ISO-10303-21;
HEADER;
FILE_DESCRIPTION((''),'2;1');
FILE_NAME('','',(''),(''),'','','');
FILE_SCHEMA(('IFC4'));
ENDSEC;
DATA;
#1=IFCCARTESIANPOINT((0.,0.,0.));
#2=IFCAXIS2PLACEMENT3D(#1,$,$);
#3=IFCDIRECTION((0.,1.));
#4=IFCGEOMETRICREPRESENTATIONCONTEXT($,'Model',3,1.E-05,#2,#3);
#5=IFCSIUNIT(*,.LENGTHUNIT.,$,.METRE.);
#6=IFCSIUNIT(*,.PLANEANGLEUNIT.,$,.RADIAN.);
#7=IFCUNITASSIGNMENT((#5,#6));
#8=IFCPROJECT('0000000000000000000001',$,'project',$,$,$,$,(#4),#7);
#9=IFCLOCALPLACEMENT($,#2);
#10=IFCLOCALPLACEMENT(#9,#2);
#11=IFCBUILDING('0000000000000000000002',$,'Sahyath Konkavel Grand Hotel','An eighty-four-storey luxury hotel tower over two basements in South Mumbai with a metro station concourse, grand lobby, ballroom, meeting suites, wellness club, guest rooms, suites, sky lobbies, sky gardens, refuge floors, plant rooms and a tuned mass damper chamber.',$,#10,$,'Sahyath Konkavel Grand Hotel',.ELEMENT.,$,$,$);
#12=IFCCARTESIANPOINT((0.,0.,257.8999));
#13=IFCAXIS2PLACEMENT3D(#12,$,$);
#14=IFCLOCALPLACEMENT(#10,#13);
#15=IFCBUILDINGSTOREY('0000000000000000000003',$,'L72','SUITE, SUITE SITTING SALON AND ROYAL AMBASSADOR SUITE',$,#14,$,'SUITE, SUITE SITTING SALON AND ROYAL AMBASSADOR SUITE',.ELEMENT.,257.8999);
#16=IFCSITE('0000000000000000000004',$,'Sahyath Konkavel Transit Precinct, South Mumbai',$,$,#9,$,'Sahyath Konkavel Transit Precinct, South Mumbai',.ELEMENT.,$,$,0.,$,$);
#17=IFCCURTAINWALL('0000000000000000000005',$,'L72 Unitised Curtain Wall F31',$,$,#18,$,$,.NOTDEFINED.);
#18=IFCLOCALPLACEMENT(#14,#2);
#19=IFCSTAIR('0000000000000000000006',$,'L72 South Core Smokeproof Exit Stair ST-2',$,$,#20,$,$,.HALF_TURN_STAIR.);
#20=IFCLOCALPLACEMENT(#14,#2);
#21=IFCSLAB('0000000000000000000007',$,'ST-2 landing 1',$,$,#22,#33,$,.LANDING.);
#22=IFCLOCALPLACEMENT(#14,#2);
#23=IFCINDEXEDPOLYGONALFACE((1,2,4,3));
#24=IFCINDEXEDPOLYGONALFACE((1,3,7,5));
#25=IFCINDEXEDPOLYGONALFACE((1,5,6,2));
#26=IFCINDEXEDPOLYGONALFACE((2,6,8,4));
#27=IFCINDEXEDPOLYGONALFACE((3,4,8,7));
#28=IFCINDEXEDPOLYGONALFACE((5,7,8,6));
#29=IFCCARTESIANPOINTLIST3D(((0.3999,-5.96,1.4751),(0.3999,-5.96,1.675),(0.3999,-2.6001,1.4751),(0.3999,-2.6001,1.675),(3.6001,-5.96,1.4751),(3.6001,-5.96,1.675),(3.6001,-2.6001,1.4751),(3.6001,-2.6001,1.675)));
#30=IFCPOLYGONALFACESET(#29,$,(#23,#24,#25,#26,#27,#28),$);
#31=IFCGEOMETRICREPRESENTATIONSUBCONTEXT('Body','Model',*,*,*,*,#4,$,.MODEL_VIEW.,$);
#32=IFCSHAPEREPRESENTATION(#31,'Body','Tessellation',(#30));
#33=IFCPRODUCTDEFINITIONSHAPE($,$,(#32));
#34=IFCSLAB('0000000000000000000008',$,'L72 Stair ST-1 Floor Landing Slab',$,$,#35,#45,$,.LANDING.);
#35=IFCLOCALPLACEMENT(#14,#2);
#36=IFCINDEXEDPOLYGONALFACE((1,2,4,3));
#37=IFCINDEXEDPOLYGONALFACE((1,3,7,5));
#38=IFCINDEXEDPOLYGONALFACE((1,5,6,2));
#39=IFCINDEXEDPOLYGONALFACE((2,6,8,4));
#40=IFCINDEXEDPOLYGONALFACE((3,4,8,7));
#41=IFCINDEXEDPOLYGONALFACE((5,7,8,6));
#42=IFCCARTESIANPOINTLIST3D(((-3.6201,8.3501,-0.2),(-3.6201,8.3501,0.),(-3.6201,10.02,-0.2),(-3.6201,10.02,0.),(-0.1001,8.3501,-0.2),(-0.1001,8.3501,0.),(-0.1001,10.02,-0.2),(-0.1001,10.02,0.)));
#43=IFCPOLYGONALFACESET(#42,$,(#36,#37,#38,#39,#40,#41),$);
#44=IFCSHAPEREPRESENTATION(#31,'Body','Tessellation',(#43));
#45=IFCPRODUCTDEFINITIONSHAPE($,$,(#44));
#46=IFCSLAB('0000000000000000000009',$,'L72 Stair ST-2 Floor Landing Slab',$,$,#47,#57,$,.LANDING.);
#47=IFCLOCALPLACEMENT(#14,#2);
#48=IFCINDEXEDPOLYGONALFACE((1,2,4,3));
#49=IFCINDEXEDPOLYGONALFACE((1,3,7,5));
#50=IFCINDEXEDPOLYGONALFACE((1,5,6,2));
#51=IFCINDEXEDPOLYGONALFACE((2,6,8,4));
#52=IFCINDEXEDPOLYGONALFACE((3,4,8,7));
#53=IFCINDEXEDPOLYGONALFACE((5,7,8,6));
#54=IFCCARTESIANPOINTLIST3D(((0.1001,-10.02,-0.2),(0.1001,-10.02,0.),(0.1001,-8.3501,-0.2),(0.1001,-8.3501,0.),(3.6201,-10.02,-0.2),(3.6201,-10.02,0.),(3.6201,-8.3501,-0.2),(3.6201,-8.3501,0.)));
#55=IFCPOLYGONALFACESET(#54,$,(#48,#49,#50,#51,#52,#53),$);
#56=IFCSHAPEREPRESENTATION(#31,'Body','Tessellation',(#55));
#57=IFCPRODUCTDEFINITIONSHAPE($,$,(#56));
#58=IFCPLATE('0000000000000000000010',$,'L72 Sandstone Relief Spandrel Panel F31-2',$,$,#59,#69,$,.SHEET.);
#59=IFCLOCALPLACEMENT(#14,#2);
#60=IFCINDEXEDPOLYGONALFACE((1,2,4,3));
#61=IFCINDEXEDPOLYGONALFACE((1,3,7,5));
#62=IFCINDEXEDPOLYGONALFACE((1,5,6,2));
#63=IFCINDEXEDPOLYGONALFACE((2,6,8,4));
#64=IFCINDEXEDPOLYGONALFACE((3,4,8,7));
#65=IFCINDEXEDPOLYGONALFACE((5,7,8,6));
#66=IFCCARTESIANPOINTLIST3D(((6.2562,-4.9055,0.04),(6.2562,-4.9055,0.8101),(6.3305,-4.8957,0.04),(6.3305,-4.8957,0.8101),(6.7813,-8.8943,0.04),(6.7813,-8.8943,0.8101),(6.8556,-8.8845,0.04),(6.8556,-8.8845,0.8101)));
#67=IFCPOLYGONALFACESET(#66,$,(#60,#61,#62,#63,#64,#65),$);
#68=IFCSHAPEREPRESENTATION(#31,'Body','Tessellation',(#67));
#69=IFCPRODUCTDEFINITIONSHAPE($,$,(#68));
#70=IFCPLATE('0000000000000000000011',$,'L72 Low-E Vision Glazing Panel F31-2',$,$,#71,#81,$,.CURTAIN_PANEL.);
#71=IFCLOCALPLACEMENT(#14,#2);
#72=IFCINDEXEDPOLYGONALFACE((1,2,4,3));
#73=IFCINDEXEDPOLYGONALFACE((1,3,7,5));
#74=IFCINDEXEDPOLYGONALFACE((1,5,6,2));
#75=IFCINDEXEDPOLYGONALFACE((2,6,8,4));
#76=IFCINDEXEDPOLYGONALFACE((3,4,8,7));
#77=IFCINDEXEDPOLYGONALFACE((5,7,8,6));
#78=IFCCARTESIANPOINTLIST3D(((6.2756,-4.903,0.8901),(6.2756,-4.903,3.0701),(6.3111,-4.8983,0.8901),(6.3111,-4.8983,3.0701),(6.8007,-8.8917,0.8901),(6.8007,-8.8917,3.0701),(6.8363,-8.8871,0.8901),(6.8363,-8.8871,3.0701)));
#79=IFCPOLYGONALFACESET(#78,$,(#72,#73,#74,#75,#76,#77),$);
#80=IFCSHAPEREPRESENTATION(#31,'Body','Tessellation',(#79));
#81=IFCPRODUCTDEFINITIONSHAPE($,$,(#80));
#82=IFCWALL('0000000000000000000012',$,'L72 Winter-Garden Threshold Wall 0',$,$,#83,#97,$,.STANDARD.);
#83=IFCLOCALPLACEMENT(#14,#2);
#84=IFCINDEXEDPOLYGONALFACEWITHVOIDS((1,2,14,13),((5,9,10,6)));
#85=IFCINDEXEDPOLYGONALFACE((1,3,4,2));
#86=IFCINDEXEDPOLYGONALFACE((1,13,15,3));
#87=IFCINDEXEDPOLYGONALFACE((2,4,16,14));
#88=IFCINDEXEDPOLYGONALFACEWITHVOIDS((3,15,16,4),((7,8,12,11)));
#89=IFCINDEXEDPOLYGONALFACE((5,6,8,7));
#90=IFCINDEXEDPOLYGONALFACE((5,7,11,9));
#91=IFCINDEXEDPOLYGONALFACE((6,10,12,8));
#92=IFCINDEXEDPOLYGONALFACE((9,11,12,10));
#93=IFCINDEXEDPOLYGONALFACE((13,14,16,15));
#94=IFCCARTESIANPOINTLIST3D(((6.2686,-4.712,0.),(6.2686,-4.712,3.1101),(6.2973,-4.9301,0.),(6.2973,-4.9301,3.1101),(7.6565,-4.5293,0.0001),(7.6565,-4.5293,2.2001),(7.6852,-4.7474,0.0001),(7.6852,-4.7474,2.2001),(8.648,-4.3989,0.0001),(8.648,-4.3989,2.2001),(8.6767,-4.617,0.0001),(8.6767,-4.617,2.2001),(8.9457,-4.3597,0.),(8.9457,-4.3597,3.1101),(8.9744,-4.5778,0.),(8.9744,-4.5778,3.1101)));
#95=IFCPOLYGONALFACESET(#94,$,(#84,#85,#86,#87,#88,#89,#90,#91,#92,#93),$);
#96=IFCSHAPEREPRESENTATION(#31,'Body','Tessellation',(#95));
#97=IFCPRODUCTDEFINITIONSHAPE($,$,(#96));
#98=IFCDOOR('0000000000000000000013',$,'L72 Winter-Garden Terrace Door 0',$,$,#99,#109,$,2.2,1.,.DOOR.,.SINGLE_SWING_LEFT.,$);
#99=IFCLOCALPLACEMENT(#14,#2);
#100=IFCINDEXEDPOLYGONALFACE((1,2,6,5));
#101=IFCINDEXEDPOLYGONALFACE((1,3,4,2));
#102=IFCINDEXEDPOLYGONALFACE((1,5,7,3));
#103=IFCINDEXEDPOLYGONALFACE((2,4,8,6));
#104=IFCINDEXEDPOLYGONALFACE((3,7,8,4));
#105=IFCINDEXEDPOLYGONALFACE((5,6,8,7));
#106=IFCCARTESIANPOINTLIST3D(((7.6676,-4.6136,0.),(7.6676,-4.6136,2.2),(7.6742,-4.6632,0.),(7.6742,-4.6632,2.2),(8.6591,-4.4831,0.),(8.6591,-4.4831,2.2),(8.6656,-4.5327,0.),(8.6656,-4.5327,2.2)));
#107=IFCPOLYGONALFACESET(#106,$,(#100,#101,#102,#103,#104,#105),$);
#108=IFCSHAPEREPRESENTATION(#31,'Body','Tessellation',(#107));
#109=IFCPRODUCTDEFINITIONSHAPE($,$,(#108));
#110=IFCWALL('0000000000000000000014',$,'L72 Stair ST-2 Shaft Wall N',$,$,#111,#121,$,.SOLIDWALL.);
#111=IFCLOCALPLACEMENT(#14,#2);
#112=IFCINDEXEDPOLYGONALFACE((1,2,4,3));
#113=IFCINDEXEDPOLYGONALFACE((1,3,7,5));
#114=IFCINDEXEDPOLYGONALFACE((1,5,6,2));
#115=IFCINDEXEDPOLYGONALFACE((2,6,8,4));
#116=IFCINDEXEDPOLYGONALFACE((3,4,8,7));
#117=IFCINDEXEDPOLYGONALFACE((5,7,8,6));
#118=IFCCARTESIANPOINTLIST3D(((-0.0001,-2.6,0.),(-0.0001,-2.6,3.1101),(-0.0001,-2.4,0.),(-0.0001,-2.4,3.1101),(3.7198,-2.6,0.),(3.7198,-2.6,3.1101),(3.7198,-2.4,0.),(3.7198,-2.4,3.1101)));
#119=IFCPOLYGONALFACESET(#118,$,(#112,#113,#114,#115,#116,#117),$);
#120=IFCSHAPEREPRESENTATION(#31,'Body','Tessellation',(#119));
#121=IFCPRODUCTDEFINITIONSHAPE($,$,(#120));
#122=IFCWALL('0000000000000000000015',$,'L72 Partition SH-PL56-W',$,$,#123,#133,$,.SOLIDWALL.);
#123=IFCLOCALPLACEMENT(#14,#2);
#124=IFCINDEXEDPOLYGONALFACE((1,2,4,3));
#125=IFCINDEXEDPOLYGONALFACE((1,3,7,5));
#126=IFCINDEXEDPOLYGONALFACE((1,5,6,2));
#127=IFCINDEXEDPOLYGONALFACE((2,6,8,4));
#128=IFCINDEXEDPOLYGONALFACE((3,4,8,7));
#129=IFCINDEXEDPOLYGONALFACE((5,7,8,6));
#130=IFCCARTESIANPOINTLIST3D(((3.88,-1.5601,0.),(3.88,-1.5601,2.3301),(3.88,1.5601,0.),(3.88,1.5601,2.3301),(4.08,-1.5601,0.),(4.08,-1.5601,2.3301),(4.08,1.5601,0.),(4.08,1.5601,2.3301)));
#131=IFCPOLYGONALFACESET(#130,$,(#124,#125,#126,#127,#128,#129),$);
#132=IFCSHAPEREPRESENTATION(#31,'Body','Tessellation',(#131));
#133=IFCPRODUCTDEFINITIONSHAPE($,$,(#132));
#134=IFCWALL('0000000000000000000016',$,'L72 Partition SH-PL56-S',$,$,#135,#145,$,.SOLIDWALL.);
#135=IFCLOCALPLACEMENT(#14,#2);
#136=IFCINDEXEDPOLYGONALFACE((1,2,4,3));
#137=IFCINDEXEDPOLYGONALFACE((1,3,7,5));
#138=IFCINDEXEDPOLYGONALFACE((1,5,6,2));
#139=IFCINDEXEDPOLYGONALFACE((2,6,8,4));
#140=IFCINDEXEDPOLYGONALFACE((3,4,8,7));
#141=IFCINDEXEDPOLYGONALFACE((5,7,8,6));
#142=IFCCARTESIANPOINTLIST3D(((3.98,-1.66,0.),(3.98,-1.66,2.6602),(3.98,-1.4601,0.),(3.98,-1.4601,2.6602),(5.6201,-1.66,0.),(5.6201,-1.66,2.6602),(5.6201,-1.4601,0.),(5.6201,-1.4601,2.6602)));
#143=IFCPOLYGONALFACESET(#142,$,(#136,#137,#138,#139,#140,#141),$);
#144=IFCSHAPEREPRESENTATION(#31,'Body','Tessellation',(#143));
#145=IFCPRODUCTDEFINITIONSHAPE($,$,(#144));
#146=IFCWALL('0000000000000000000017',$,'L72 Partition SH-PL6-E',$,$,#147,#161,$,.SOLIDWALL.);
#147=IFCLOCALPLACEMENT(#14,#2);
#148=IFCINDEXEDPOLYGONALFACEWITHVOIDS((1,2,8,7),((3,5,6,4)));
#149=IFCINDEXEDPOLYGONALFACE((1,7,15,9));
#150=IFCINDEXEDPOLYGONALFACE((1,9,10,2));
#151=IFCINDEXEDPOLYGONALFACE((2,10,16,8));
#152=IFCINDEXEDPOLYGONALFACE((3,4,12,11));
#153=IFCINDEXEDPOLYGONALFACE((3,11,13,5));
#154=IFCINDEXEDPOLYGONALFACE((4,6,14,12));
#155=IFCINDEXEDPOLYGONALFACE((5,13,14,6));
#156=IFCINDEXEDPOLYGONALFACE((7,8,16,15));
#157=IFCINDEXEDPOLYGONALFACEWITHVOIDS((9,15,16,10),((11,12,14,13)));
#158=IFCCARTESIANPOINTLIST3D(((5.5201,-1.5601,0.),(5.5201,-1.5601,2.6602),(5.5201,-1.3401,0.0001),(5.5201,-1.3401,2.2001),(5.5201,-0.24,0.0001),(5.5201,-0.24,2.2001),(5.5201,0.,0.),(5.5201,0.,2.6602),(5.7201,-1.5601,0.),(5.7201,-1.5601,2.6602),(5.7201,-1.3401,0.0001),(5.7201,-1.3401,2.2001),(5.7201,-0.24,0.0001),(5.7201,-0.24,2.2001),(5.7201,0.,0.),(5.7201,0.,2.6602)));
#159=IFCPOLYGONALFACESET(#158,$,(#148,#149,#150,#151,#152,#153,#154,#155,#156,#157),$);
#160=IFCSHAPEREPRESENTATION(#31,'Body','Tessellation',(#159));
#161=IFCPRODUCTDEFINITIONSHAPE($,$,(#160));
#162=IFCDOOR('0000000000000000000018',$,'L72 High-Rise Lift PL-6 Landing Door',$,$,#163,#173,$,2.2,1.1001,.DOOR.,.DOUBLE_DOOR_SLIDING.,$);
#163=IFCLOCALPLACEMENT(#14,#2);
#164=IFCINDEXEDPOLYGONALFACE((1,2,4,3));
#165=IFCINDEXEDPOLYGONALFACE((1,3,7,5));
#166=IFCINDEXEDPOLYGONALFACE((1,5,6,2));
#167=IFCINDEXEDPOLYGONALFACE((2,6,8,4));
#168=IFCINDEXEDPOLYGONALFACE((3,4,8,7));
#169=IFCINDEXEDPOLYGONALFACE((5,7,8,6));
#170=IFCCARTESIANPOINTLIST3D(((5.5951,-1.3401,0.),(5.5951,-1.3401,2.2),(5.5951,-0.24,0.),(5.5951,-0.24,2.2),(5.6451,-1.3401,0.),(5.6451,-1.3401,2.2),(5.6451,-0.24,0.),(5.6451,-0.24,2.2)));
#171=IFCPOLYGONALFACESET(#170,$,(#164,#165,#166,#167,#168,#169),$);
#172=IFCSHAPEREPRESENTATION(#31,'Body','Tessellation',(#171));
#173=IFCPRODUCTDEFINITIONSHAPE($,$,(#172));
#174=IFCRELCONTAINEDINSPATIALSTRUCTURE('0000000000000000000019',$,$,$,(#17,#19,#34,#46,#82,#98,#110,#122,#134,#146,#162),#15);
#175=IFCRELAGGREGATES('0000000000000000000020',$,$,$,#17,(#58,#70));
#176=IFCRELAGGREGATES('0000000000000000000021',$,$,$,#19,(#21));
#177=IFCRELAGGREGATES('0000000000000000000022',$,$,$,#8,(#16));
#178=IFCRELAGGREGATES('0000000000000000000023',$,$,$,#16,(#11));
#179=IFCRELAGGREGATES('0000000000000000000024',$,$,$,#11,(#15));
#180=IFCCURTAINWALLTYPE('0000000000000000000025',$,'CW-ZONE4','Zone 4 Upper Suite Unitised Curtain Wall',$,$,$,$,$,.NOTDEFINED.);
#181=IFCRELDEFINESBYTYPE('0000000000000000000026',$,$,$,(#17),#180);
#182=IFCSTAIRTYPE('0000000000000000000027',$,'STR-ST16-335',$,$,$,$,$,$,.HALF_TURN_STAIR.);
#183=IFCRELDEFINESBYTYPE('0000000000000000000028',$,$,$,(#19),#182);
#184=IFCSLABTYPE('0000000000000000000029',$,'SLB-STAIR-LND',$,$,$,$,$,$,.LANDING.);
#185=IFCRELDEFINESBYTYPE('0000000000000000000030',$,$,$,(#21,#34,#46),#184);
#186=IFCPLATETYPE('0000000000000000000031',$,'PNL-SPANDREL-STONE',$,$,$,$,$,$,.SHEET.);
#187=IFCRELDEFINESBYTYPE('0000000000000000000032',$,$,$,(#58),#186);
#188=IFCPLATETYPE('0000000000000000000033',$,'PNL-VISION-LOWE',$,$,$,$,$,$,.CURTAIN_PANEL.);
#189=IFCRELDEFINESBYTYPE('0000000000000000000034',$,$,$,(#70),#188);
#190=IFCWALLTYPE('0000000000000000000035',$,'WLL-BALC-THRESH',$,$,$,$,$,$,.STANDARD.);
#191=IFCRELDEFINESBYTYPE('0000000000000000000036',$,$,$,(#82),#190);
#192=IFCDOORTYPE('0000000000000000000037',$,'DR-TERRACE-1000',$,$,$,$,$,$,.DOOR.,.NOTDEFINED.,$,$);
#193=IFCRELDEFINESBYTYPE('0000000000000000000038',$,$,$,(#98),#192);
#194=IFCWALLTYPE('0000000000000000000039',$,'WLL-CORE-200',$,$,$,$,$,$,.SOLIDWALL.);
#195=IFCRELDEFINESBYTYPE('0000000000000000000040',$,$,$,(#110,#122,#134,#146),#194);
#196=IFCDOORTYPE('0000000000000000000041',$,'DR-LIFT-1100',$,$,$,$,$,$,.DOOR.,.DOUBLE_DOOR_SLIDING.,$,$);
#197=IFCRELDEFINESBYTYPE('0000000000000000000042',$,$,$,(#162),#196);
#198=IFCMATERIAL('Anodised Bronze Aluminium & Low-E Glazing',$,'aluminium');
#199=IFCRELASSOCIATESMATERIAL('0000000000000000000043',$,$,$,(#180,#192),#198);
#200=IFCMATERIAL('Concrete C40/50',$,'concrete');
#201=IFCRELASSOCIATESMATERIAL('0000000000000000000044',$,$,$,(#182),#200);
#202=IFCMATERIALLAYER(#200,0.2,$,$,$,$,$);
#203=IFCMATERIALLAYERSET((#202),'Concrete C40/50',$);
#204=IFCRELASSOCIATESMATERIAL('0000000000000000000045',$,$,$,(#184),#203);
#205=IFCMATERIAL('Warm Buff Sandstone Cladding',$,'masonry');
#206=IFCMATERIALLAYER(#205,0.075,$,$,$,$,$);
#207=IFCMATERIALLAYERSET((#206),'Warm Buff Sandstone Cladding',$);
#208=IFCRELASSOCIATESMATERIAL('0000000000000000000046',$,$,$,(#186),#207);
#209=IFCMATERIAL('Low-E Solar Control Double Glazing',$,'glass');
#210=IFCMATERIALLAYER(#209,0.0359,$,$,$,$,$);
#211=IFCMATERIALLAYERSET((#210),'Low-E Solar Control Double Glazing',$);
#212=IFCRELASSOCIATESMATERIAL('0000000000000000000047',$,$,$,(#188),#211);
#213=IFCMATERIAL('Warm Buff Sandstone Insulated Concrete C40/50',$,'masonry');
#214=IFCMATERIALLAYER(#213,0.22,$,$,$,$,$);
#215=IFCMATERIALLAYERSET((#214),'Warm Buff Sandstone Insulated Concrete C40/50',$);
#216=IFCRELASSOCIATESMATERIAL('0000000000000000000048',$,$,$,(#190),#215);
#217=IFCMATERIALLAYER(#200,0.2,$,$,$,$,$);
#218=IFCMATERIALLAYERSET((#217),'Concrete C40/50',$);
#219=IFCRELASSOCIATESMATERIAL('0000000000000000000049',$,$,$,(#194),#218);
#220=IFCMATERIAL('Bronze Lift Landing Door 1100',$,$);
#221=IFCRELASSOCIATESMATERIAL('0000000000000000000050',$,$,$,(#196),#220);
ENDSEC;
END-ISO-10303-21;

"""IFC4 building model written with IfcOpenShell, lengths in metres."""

from ifc_helpers import new_model, si_unit, direction, frame, frame_2d, origin, origin_2d, place, context, subcontext, project, spatial, polyline, rectangle, outline, extrude, source, transform, mapped, material, layer, layer_set, type_object, element, fill, aggregate, save


model = new_model("IFC4")

# Units and contexts
model_context = context("Model", 3, precision=1e-05, world=origin(), true_north=direction((0.0, 1.0)))
body_context = subcontext(model_context, "Body", "Model", "MODEL_VIEW")
ifc_project = project(units=[si_unit("LENGTHUNIT", "METRE"), si_unit("PLANEANGLEUNIT", "RADIAN")], contexts=[model_context])

# Site, building, storey
site_placement = place(None, origin())
site = spatial("IfcSite", under=ifc_project, at=site_placement, Name="Sahyath Konkavel Transit Precinct, South Mumbai", LongName="Sahyath Konkavel Transit Precinct, South Mumbai", CompositionType="ELEMENT", RefElevation=0.0)
building_placement = place(site_placement, origin())
building = spatial("IfcBuilding", under=site, at=building_placement, Name="Sahyath Konkavel Grand Hotel", Description="An eighty-four-storey luxury hotel tower over two basements in South Mumbai with a metro station concourse, grand lobby, ballroom, meeting suites, wellness club, guest rooms, suites, sky lobbies, sky gardens, refuge floors, plant rooms and a tuned mass damper chamber.", LongName="Sahyath Konkavel Grand Hotel", CompositionType="ELEMENT")
storey_placement = place(building_placement, frame((0.0, 0.0, 257.8999)))
storey = spatial("IfcBuildingStorey", under=building, at=storey_placement, Name="L72", Description="SUITE, SUITE SITTING SALON AND ROYAL AMBASSADOR SUITE", LongName="SUITE, SUITE SITTING SALON AND ROYAL AMBASSADOR SUITE", CompositionType="ELEMENT", Elevation=257.8999)

# Shared definitions
ifc_material_1 = material(Name="Concrete C40/50", Category="concrete")

# Curtain wall
ifc_material_2 = material(Name="Anodised Bronze Aluminium & Low-E Glazing", Category="aluminium")
curtain_wall_type = type_object("IfcCurtainWallType", Name="CW-ZONE4", Description="Zone 4 Upper Suite Unitised Curtain Wall", PredefinedType="NOTDEFINED", material=ifc_material_2)
curtain_wall_placement = place(storey_placement, origin())
curtain_wall = element("IfcCurtainWall", 1, at=curtain_wall_placement, inside=storey, type_object=curtain_wall_type, Name="L72 Unitised Curtain Wall F31", PredefinedType="NOTDEFINED")

# Stair, slab
stair_type = type_object("IfcStairType", Name="STR-ST16-335", PredefinedType="HALF_TURN_STAIR", material=ifc_material_1)
ifc_layer_1 = layer(ifc_material_1, 0.2)
ifc_layer_set_1 = layer_set([ifc_layer_1], Name="Concrete C40/50")
slab_type_1 = type_object("IfcSlabType", Name="SLB-STAIR-LND", PredefinedType="LANDING", material=ifc_layer_set_1)
stair_1_placement = place(storey_placement, origin())
stair_1 = element("IfcStair", 2, at=stair_1_placement, inside=storey, type_object=stair_type, Name="L72 South Core Smokeproof Exit Stair ST-2", PredefinedType="HALF_TURN_STAIR")
slab_1_placement = place(storey_placement, frame((0.0, 0.0, 1.4751)))
slab_1 = element("IfcSlab", 3, at=slab_1_placement, type_object=slab_type_1, Name="ST-2 landing 1", PredefinedType="LANDING", context=body_context, shape_type="SweptSolid", body=[
    extrude(outline(polyline([(3.6001, -5.96), (3.6001, -2.6001), (0.3999, -2.6001), (0.3999, -5.96), (3.6001, -5.96)])), origin(), (0.0, 0.0, 1.0), 0.2),
])

# Slabs
slab_2_placement = place(storey_placement, frame((0.0, 0.0, -0.2)))
element("IfcSlab", 4, at=slab_2_placement, inside=storey, type_object=slab_type_1, Name="L72 Stair ST-1 Floor Landing Slab", PredefinedType="LANDING", context=body_context, shape_type="SweptSolid", body=[
    extrude(outline(polyline([(-3.6201, 8.3501), (-0.1001, 8.3501), (-0.1001, 10.02), (-3.6201, 10.02), (-3.6201, 8.3501)])), origin(), (0.0, 0.0, 1.0), 0.2),
])
slab_3_placement = place(storey_placement, frame((0.0, 0.0, -0.2)))
element("IfcSlab", 5, at=slab_3_placement, inside=storey, type_object=slab_type_1, Name="L72 Stair ST-2 Floor Landing Slab", PredefinedType="LANDING", context=body_context, shape_type="SweptSolid", body=[
    extrude(outline(polyline([(0.1001, -10.02), (3.6201, -10.02), (3.6201, -8.3501), (0.1001, -8.3501), (0.1001, -10.02)])), origin(), (0.0, 0.0, 1.0), 0.2),
])

# Plates
ifc_material_3 = material(Name="Warm Buff Sandstone Cladding", Category="masonry")
ifc_layer_2 = layer(ifc_material_3, 0.075)
ifc_layer_set_2 = layer_set([ifc_layer_2], Name="Warm Buff Sandstone Cladding")
plate_type_1 = type_object("IfcPlateType", Name="PNL-SPANDREL-STONE", PredefinedType="SHEET", material=ifc_layer_set_2)
shared_shape_1 = source(origin(), body_context, "Body", "SweptSolid", [
    extrude(rectangle(XDim=4.0232, YDim=0.075, at=origin_2d()), origin(), (0.0, 0.0, 1.0), 0.77),
])
plate_1_placement = place(storey_placement, frame((6.5559, -6.895, 0.04), z_axis=(0.0, 0.0, 1.0), x_axis=(-0.130526, 0.991445, 0.0)))
plate_1 = element("IfcPlate", 6, at=plate_1_placement, type_object=plate_type_1, Name="L72 Sandstone Relief Spandrel Panel F31-2", PredefinedType="SHEET", context=body_context, shape_type="MappedRepresentation", body=[
    mapped(shared_shape_1, transform((0.0, 0.0, 0.0), scale=1.0)),
])
ifc_material_4 = material(Name="Low-E Solar Control Double Glazing", Category="glass")
ifc_layer_3 = layer(ifc_material_4, 0.0359)
ifc_layer_set_3 = layer_set([ifc_layer_3], Name="Low-E Solar Control Double Glazing")
plate_type_2 = type_object("IfcPlateType", Name="PNL-VISION-LOWE", PredefinedType="CURTAIN_PANEL", material=ifc_layer_set_3)
shared_shape_2 = source(origin(), body_context, "Body", "SweptSolid", [
    extrude(rectangle(XDim=4.0232, YDim=0.0359, at=origin_2d()), origin(), (0.0, 0.0, 1.0), 2.1799),
])
plate_2_placement = place(storey_placement, frame((6.5559, -6.895, 0.8901), z_axis=(0.0, 0.0, 1.0), x_axis=(-0.130526, 0.991445, 0.0)))
plate_2 = element("IfcPlate", 7, at=plate_2_placement, type_object=plate_type_2, Name="L72 Low-E Vision Glazing Panel F31-2", PredefinedType="CURTAIN_PANEL", context=body_context, shape_type="MappedRepresentation", body=[
    mapped(shared_shape_2, transform((0.0, 0.0, 0.0), scale=1.0)),
])
aggregate(curtain_wall, [plate_1, plate_2])

# Wall, opening, door
ifc_material_5 = material(Name="Warm Buff Sandstone Insulated Concrete C40/50", Category="masonry")
ifc_layer_4 = layer(ifc_material_5, 0.22)
ifc_layer_set_4 = layer_set([ifc_layer_4], Name="Warm Buff Sandstone Insulated Concrete C40/50")
wall_type_1 = type_object("IfcWallType", Name="WLL-BALC-THRESH", PredefinedType="STANDARD", material=ifc_layer_set_4)
wall_1_placement = place(storey_placement, frame((6.283, -4.821, 0.0), z_axis=(0.0, 0.0, 1.0), x_axis=(0.991452, 0.130476, 0.0)))
wall_1 = element("IfcWall", 8, at=wall_1_placement, inside=storey, type_object=wall_type_1, Name="L72 Winter-Garden Threshold Wall 0", PredefinedType="STANDARD", context=body_context, shape_type="SweptSolid", body=[
    extrude(rectangle(XDim=2.7002, YDim=0.22, at=frame_2d((1.3501, 0.0))), origin(), (0.0, 0.0, 1.0), 3.1101),
])
opening_1_placement = place(wall_1_placement, frame((1.3999, 0.0, 0.0)))
opening_1 = element("IfcOpeningElement", 9, at=opening_1_placement, cuts=wall_1, PredefinedType="OPENING", context=body_context, shape_type="SweptSolid", body=[
    extrude(rectangle(XDim=1.0, YDim=2.2, at=frame_2d((0.5, 1.1001))), frame((0.0, 0.1201, 0.0), z_axis=(0.0, -1.0, 0.0), x_axis=(1.0, 0.0, 0.0)), (0.0, 0.0, 1.0), 0.24),
])
door_type_1 = type_object("IfcDoorType", Name="DR-TERRACE-1000", OperationType="NOTDEFINED", PredefinedType="DOOR", material=ifc_material_2)
shared_shape_3 = source(origin(), body_context, "Body", "SweptSolid", [
    extrude(rectangle(XDim=1.0, YDim=0.05, at=origin_2d()), origin(), (0.0, 0.0, 1.0), 2.2),
])
door_1_placement = place(opening_1_placement, frame((0.5, 0.0, 0.0)))
door_1 = element("IfcDoor", 10, at=door_1_placement, inside=storey, type_object=door_type_1, Name="L72 Winter-Garden Terrace Door 0", OperationType="SINGLE_SWING_LEFT", OverallHeight=2.2, OverallWidth=1.0, PredefinedType="DOOR", context=body_context, shape_type="MappedRepresentation", body=[
    mapped(shared_shape_3, transform((0.0, 0.0, 0.0), scale=1.0)),
])
fill(opening_1, door_1)

# Walls
ifc_layer_5 = layer(ifc_material_1, 0.2)
ifc_layer_set_5 = layer_set([ifc_layer_5], Name="Concrete C40/50")
wall_type_2 = type_object("IfcWallType", Name="WLL-CORE-200", PredefinedType="SOLIDWALL", material=ifc_layer_set_5)
wall_2_placement = place(storey_placement, frame((0.0, -2.5, 0.0), z_axis=(0.0, 0.0, 1.0), x_axis=(1.0, 0.0, 0.0)))
element("IfcWall", 11, at=wall_2_placement, inside=storey, type_object=wall_type_2, Name="L72 Stair ST-2 Shaft Wall N", PredefinedType="SOLIDWALL", context=body_context, shape_type="SweptSolid", body=[
    extrude(rectangle(XDim=3.72, YDim=0.2, at=frame_2d((1.8599, 0.0))), origin(), (0.0, 0.0, 1.0), 3.1101),
])
wall_3_placement = place(storey_placement, frame((3.98, -1.5601, 0.0), z_axis=(0.0, 0.0, 1.0), x_axis=(0.0, 1.0, 0.0)))
element("IfcWall", 12, at=wall_3_placement, inside=storey, type_object=wall_type_2, Name="L72 Partition SH-PL56-W", PredefinedType="SOLIDWALL", context=body_context, shape_type="SweptSolid", body=[
    extrude(rectangle(XDim=3.1201, YDim=0.2, at=frame_2d((1.5601, 0.0))), origin(), (0.0, 0.0, 1.0), 2.3301),
])
wall_4_placement = place(storey_placement, frame((3.98, -1.5601, 0.0), z_axis=(0.0, 0.0, 1.0), x_axis=(1.0, 0.0, 0.0)))
element("IfcWall", 13, at=wall_4_placement, inside=storey, type_object=wall_type_2, Name="L72 Partition SH-PL56-S", PredefinedType="SOLIDWALL", context=body_context, shape_type="SweptSolid", body=[
    extrude(rectangle(XDim=1.6401, YDim=0.2, at=frame_2d((0.8201, 0.0))), origin(), (0.0, 0.0, 1.0), 2.6602),
])

# Wall, opening, door
wall_5_placement = place(storey_placement, frame((5.6201, -1.5601, 0.0), z_axis=(0.0, 0.0, 1.0), x_axis=(0.0, 1.0, 0.0)))
wall_5 = element("IfcWall", 14, at=wall_5_placement, inside=storey, type_object=wall_type_2, Name="L72 Partition SH-PL6-E", PredefinedType="SOLIDWALL", context=body_context, shape_type="SweptSolid", body=[
    extrude(rectangle(XDim=1.5601, YDim=0.2, at=frame_2d((0.78, 0.0))), origin(), (0.0, 0.0, 1.0), 2.6602),
])
opening_2_placement = place(wall_5_placement, frame((0.22, 0.0, 0.0)))
opening_2 = element("IfcOpeningElement", 15, at=opening_2_placement, cuts=wall_5, PredefinedType="OPENING", context=body_context, shape_type="SweptSolid", body=[
    extrude(rectangle(XDim=1.1001, YDim=2.2, at=frame_2d((0.55, 1.1001))), frame((0.0, 0.1099, 0.0), z_axis=(0.0, -1.0, 0.0), x_axis=(1.0, 0.0, 0.0)), (0.0, 0.0, 1.0), 0.22),
])
ifc_material_6 = material(Name="Bronze Lift Landing Door 1100")
door_type_2 = type_object("IfcDoorType", Name="DR-LIFT-1100", OperationType="DOUBLE_DOOR_SLIDING", PredefinedType="DOOR", material=ifc_material_6)
shared_shape_4 = source(origin(), body_context, "Body", "SweptSolid", [
    extrude(rectangle(XDim=1.1001, YDim=0.05, at=origin_2d()), origin(), (0.0, 0.0, 1.0), 2.2),
])
door_2_placement = place(opening_2_placement, frame((0.55, 0.0, 0.0)))
door_2 = element("IfcDoor", 16, at=door_2_placement, inside=storey, type_object=door_type_2, Name="L72 High-Rise Lift PL-6 Landing Door", OperationType="DOUBLE_DOOR_SLIDING", OverallHeight=2.2, OverallWidth=1.1001, PredefinedType="DOOR", context=body_context, shape_type="MappedRepresentation", body=[
    mapped(shared_shape_4, transform((0.0, 0.0, 0.0), scale=1.0)),
])
fill(opening_2, door_2)

aggregate(stair_1, [slab_1])

save(model, "model.ifc")
